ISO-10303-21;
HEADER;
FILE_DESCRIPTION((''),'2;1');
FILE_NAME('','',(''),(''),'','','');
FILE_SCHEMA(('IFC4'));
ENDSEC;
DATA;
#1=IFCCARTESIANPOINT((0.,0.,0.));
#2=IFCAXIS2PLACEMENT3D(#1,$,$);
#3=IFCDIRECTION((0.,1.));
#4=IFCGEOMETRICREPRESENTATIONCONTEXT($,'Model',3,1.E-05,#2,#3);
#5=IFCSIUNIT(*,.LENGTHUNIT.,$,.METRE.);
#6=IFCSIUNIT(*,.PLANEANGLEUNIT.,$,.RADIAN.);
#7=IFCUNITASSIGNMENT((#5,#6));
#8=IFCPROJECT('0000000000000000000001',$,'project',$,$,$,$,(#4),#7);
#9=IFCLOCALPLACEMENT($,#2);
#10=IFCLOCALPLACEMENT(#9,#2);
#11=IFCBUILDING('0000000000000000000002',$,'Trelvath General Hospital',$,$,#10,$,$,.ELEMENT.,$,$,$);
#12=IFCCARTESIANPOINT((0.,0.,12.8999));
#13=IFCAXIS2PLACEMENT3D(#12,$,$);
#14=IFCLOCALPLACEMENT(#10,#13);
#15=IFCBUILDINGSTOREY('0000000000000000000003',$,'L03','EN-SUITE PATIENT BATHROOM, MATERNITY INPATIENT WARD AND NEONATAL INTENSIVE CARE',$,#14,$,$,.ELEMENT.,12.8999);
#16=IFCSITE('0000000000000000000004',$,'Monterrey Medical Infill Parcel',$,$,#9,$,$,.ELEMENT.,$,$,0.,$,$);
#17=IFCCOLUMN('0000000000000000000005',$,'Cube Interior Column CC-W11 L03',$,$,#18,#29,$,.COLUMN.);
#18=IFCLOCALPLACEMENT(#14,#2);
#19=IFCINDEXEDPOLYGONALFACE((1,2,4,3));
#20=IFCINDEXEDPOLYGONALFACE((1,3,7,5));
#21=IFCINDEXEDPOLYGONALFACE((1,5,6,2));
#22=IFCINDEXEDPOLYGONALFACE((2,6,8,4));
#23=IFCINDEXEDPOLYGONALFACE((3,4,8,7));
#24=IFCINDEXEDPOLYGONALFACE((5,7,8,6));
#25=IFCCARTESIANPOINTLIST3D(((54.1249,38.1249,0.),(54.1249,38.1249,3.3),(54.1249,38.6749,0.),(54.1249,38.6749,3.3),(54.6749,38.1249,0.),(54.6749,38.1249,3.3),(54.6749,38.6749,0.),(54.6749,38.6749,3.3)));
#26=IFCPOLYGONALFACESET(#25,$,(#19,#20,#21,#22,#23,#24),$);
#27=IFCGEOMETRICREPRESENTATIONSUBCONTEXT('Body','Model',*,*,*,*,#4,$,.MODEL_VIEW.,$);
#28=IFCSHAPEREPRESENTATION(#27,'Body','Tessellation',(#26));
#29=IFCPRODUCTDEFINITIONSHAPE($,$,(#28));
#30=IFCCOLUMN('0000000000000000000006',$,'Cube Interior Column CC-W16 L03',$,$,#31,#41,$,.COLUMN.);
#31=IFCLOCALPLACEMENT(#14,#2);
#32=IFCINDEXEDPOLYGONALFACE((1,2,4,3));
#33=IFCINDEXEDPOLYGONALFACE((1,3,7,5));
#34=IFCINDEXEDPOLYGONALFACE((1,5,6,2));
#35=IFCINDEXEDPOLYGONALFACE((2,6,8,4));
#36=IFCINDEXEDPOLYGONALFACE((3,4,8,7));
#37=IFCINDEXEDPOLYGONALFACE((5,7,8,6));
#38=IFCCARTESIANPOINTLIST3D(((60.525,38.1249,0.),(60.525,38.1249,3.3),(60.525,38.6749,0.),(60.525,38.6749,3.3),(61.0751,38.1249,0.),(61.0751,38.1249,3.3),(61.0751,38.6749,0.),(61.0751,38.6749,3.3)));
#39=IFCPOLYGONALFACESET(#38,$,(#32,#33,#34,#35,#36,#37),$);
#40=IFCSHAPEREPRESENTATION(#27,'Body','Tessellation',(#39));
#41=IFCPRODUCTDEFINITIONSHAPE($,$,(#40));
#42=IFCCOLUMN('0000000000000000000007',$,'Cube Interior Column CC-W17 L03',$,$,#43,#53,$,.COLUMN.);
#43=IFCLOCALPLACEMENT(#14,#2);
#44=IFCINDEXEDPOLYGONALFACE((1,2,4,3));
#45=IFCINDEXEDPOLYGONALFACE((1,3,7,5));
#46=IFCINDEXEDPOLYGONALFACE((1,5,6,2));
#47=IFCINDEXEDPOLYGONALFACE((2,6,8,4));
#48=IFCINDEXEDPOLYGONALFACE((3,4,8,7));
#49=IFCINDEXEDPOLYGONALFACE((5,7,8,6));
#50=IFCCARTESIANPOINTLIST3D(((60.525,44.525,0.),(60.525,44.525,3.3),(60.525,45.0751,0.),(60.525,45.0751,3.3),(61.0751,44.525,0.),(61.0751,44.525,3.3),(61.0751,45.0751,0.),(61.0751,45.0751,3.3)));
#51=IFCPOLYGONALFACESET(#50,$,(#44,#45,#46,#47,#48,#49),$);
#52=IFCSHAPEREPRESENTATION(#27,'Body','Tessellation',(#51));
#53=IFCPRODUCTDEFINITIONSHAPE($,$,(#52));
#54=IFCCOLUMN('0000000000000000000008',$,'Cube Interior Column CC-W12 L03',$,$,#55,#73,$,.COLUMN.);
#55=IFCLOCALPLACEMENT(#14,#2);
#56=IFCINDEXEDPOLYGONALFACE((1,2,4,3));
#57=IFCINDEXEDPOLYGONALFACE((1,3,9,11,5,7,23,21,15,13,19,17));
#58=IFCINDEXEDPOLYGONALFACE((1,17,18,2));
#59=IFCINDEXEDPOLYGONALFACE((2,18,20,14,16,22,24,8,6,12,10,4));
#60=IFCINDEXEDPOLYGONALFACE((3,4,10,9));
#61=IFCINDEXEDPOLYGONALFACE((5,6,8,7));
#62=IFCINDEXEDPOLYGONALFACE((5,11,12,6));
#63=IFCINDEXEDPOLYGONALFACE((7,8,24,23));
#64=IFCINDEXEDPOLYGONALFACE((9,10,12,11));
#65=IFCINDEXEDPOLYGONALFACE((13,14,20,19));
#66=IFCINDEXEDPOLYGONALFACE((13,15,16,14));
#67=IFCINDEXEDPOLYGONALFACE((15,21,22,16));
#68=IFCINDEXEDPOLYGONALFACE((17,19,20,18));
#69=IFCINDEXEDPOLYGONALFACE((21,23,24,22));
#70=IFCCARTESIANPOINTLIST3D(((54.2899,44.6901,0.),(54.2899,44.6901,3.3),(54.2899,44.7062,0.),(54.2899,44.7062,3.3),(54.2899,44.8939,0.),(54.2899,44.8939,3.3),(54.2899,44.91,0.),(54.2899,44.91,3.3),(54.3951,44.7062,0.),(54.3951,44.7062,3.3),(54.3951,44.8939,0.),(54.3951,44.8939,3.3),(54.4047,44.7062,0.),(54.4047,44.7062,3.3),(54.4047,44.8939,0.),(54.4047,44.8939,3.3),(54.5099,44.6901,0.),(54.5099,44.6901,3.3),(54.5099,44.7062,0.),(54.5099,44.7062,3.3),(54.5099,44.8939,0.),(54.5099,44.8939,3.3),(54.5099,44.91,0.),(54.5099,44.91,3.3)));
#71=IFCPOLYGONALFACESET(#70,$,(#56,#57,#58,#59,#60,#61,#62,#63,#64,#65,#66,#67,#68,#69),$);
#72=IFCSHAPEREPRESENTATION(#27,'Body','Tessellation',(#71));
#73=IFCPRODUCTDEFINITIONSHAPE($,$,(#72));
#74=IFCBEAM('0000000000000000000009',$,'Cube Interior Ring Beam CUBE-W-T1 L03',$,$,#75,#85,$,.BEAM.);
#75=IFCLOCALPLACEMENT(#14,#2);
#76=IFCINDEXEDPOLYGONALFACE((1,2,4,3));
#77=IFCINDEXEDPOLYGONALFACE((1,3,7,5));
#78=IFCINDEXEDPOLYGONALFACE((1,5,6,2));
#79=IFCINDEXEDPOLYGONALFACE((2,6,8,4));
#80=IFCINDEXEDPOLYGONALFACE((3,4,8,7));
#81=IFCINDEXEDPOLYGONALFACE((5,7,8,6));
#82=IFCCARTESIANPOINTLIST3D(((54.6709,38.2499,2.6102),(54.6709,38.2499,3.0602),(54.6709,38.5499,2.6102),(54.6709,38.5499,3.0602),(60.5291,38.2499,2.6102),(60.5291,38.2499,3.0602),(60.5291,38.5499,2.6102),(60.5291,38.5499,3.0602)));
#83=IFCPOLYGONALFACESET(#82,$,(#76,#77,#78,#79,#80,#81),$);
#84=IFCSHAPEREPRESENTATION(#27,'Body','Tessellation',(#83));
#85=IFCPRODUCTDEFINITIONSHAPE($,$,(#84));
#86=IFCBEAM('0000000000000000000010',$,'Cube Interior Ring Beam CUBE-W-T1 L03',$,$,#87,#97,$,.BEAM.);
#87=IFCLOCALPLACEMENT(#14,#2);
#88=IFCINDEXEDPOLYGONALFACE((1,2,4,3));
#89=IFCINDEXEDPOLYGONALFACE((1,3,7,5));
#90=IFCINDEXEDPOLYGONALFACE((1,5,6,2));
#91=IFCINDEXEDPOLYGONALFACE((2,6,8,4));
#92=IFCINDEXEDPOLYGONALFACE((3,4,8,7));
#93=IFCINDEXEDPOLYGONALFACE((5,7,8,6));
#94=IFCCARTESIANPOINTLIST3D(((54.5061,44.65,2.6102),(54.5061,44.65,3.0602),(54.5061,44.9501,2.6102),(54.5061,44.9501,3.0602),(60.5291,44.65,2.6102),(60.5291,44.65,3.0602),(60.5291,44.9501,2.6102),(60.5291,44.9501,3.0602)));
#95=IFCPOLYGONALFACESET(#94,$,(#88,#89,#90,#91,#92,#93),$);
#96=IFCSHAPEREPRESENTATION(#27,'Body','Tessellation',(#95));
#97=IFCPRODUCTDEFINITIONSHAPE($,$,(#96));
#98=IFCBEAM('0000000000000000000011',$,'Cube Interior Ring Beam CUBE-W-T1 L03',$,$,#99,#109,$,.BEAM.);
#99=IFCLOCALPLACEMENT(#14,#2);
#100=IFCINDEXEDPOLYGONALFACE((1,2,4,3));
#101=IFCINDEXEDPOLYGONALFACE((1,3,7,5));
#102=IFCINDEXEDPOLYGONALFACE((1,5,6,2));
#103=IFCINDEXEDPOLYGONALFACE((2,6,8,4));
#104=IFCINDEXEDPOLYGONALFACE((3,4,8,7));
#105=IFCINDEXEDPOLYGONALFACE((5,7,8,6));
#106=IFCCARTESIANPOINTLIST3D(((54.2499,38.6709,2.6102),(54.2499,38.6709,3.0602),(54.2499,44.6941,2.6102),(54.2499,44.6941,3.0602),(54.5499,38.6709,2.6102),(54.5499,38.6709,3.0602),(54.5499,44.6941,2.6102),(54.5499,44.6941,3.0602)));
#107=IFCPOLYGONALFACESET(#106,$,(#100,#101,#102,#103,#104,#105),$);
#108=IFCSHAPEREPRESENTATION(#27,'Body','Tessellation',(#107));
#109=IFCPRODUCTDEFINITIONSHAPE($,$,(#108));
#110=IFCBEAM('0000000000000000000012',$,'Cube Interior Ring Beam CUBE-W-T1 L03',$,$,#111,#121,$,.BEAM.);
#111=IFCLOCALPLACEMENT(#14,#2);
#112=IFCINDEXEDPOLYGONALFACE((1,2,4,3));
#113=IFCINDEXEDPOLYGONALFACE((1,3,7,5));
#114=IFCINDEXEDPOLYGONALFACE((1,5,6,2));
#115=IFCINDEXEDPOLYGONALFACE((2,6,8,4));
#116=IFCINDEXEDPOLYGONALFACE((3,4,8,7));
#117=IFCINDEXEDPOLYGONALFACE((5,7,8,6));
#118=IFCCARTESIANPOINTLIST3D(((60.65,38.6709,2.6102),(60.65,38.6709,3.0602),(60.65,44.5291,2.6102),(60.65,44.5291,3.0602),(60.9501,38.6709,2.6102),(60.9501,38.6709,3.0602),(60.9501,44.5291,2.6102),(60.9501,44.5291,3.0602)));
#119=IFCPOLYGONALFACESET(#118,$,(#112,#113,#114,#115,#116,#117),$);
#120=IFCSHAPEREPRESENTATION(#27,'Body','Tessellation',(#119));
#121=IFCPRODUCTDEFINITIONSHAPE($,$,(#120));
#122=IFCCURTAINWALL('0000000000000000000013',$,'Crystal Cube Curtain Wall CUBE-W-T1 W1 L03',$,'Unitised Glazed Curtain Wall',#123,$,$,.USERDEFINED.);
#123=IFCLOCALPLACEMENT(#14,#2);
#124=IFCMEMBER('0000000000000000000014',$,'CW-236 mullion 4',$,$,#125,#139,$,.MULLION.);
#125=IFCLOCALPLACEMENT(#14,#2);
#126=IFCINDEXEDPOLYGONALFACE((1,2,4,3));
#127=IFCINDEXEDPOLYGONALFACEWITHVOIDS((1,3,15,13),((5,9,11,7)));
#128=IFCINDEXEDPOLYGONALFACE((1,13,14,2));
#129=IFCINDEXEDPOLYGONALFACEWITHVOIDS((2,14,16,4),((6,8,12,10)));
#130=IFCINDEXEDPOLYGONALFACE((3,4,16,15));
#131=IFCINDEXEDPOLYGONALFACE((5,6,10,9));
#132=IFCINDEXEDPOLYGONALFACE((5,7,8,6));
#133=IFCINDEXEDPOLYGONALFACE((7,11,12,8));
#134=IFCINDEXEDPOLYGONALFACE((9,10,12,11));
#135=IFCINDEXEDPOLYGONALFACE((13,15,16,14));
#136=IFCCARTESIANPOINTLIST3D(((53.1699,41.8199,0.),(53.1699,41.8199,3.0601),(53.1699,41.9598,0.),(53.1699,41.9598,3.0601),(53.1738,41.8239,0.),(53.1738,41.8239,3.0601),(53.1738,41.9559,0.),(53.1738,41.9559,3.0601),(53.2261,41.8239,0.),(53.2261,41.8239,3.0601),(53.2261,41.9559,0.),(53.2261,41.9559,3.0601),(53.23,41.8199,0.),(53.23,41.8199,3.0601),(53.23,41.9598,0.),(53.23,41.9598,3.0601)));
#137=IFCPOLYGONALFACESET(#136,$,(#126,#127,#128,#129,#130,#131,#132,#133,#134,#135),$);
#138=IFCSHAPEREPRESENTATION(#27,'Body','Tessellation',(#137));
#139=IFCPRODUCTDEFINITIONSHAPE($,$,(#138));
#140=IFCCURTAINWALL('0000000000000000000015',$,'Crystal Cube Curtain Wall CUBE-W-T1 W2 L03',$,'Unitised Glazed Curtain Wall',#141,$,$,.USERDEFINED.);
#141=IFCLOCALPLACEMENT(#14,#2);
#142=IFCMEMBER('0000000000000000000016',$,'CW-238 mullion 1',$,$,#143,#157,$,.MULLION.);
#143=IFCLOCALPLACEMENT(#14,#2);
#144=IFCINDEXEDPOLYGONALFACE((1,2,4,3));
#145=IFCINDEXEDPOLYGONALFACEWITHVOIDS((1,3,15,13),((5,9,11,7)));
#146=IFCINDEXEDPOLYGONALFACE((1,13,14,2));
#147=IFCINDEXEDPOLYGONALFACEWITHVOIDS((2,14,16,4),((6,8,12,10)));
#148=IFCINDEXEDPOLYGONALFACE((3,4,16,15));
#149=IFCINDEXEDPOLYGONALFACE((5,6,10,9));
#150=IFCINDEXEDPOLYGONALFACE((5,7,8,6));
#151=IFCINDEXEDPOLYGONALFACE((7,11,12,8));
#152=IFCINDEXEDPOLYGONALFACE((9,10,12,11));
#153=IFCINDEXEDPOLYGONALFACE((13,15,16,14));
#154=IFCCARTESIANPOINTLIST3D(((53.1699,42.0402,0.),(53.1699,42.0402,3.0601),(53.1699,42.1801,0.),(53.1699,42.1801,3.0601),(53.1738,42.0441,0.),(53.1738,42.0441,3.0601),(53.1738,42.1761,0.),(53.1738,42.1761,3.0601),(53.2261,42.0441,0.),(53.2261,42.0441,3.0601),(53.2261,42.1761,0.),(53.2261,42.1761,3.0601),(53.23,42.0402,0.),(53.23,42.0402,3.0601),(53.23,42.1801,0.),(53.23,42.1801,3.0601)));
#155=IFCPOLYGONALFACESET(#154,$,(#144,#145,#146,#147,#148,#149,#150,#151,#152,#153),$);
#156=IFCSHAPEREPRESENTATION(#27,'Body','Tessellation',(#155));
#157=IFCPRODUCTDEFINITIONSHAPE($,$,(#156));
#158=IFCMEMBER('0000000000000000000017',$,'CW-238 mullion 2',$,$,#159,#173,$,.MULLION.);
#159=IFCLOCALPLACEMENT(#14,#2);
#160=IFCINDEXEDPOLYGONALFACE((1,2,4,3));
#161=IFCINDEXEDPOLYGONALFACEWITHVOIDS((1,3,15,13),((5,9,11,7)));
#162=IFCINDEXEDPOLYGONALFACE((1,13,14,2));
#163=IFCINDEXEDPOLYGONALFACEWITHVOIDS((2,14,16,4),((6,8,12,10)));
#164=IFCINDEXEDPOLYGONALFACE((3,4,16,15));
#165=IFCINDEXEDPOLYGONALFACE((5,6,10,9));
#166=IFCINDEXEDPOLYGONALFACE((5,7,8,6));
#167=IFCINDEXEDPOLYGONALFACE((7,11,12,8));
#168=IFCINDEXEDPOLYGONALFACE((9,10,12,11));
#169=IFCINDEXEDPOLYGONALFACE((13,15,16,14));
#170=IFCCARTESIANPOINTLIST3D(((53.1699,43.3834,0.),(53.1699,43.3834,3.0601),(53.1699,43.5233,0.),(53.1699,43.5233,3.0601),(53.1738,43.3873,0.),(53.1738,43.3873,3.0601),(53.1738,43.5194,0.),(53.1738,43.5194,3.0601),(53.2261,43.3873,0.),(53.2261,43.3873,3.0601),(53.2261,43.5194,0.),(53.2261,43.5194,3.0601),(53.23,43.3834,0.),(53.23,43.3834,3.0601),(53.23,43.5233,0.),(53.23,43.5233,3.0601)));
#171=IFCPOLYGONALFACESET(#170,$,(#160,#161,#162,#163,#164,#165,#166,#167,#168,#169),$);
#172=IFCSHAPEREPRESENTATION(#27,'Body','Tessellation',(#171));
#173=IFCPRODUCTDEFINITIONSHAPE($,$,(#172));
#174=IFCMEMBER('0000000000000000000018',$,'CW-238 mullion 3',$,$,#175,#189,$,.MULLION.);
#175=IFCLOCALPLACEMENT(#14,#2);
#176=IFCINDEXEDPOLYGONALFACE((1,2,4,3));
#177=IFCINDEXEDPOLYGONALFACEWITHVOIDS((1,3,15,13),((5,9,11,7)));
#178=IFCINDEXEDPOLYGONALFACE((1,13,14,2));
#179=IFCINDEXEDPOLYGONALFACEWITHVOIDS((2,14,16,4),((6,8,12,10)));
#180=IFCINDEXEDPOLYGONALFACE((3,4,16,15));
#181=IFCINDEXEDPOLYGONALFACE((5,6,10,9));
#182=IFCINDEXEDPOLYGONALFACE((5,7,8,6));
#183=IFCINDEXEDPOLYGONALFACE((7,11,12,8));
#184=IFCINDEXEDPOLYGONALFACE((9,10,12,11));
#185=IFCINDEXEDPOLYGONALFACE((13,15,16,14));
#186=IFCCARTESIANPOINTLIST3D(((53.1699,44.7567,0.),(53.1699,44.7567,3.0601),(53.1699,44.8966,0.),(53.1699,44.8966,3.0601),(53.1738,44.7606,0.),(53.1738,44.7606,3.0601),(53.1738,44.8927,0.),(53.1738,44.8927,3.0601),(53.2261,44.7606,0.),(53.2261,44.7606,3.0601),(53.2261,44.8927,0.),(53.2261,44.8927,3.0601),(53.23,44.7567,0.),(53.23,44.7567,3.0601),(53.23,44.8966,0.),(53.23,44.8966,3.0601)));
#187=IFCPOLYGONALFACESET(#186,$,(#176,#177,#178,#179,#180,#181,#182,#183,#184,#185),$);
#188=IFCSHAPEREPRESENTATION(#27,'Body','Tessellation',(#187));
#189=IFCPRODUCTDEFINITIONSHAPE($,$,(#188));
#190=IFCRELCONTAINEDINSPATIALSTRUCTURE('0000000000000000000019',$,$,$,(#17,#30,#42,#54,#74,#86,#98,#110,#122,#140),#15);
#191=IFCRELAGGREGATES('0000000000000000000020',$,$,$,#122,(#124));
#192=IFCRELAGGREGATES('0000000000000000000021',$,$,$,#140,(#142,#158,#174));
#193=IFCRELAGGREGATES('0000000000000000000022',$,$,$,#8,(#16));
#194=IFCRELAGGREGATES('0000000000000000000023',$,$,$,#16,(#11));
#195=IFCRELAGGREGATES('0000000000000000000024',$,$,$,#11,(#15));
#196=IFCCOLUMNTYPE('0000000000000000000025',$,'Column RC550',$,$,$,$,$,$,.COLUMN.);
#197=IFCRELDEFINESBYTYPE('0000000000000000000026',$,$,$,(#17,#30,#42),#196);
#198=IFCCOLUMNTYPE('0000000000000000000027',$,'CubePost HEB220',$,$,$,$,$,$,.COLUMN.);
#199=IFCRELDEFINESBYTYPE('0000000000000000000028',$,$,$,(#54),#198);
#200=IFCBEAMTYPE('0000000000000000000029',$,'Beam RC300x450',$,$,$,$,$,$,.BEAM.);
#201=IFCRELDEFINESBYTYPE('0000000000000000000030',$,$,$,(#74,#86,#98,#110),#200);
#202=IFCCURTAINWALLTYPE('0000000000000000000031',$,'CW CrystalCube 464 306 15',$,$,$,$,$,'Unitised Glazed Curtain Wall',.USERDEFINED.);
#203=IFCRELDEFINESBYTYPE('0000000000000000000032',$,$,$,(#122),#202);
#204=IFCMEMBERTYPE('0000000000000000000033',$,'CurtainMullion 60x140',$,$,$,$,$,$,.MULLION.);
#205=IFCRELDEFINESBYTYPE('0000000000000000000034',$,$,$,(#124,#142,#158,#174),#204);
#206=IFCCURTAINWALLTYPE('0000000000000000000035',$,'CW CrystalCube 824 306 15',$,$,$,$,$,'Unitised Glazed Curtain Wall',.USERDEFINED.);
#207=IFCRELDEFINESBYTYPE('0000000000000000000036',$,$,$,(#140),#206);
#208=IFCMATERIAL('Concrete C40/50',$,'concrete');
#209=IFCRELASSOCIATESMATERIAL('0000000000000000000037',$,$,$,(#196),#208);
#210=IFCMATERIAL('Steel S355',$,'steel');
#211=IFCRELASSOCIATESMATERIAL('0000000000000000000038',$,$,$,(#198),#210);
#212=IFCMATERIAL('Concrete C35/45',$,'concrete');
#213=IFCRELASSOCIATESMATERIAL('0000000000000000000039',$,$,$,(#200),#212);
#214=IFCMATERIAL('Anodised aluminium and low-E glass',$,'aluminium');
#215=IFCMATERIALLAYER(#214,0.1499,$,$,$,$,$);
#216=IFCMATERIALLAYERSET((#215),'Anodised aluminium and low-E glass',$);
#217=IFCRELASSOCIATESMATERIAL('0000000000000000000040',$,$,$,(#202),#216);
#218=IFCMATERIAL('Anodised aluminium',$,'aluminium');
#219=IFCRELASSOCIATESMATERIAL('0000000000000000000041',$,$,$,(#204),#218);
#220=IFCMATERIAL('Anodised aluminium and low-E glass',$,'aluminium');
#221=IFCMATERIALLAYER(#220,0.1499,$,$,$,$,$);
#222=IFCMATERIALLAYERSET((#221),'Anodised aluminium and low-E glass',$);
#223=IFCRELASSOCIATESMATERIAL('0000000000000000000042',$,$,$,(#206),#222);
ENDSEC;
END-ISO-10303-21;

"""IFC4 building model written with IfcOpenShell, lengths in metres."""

from ifc_helpers import new_model, si_unit, direction, frame, origin, origin_2d, place, context, subcontext, project, spatial, rectangle, hollow_rectangle, i_section, extrude, material, layer, layer_set, material_profile, profile_set, type_object, element, aggregate, save


model = new_model("IFC4")

# Units and contexts
model_context = context("Model", 3, precision=1e-05, world=origin(), true_north=direction((0.0, 1.0)))
body_context = subcontext(model_context, "Body", "Model", "MODEL_VIEW")
ifc_project = project(units=[si_unit("LENGTHUNIT", "METRE"), si_unit("PLANEANGLEUNIT", "RADIAN")], contexts=[model_context])

# Site, building, storey
site_placement = place(None, origin())
site = spatial("IfcSite", under=ifc_project, at=site_placement, Name="Monterrey Medical Infill Parcel", CompositionType="ELEMENT", RefElevation=0.0)
building_placement = place(site_placement, origin())
building = spatial("IfcBuilding", under=site, at=building_placement, Name="Trelvath General Hospital", CompositionType="ELEMENT")
storey_placement = place(building_placement, frame((0.0, 0.0, 12.8999)))
storey = spatial("IfcBuildingStorey", under=building, at=storey_placement, Name="L03", Description="EN-SUITE PATIENT BATHROOM, MATERNITY INPATIENT WARD AND NEONATAL INTENSIVE CARE", CompositionType="ELEMENT", Elevation=12.8999)

# Columns
ifc_material_1 = material(Name="Concrete C40/50", Category="concrete")
ifc_material_profile_1 = material_profile(ifc_material_1, rectangle(XDim=0.55, YDim=0.55, at=origin_2d()), Name="RC550x550")
ifc_profile_set_1 = profile_set([ifc_material_profile_1], Name="Concrete C40/50")
column_type_1 = type_object("IfcColumnType", Name="Column RC550", PredefinedType="COLUMN", material=ifc_profile_set_1)
for number, where, z_axis, x_axis, name in (
    (1, (54.3999, 38.3999, 0.0), (0.0, 0.0, 1.0), (1.0, 0.0, 0.0), "Cube Interior Column CC-W11 L03"),
    (2, (60.8, 38.3999, 0.0), (0.0, 0.0, 1.0), (1.0, 0.0, 0.0), "Cube Interior Column CC-W16 L03"),
    (3, (60.8, 44.8, 0.0), (0.0, 0.0, 1.0), (1.0, 0.0, 0.0), "Cube Interior Column CC-W17 L03"),
):
    element("IfcColumn", number, at=place(storey_placement, frame(where, z_axis=z_axis, x_axis=x_axis)), inside=storey, type_object=column_type_1, Name=name, PredefinedType="COLUMN", context=body_context, shape_type="SweptSolid", body=[
        extrude(rectangle(XDim=0.55, YDim=0.55, at=origin_2d()), origin(), (0.0, 0.0, 1.0), 3.3),
    ])
ifc_material_2 = material(Name="Steel S355", Category="steel")
ifc_material_profile_2 = material_profile(ifc_material_2, i_section(OverallWidth=0.22, OverallDepth=0.22, WebThickness=0.0095, FlangeThickness=0.0161, at=origin_2d()), Name="HEB220")
ifc_profile_set_2 = profile_set([ifc_material_profile_2], Name="Steel S355")
column_type_2 = type_object("IfcColumnType", Name="CubePost HEB220", PredefinedType="COLUMN", material=ifc_profile_set_2)
column_placement = place(storey_placement, frame((54.3999, 44.8, 0.0), z_axis=(0.0, 0.0, 1.0), x_axis=(1.0, 0.0, 0.0)))
element("IfcColumn", 4, at=column_placement, inside=storey, type_object=column_type_2, Name="Cube Interior Column CC-W12 L03", PredefinedType="COLUMN", context=body_context, shape_type="SweptSolid", body=[
    extrude(i_section(OverallWidth=0.22, OverallDepth=0.22, WebThickness=0.0095, FlangeThickness=0.0161, at=origin_2d()), origin(), (0.0, 0.0, 1.0), 3.3),
])

# Beams
ifc_material_3 = material(Name="Concrete C35/45", Category="concrete")
ifc_material_profile_3 = material_profile(ifc_material_3, rectangle(XDim=0.3, YDim=0.45, at=origin_2d()), Name="RCB300x450")
ifc_profile_set_3 = profile_set([ifc_material_profile_3], Name="Concrete C35/45")
beam_type = type_object("IfcBeamType", Name="Beam RC300x450", PredefinedType="BEAM", material=ifc_profile_set_3)
beam_1_placement = place(storey_placement, frame((54.6709, 38.3999, 2.8352), z_axis=(1.0, 0.0, 0.0), x_axis=(0.0, 1.0, 0.0)))
element("IfcBeam", 5, at=beam_1_placement, inside=storey, type_object=beam_type, Name="Cube Interior Ring Beam CUBE-W-T1 L03", PredefinedType="BEAM", context=body_context, shape_type="SweptSolid", body=[
    extrude(rectangle(XDim=0.3, YDim=0.45, at=origin_2d()), origin(), (0.0, 0.0, 1.0), 5.8582),
])
beam_2_placement = place(storey_placement, frame((54.5061, 44.8, 2.8352), z_axis=(1.0, 0.0, 0.0), x_axis=(0.0, 1.0, 0.0)))
element("IfcBeam", 6, at=beam_2_placement, inside=storey, type_object=beam_type, Name="Cube Interior Ring Beam CUBE-W-T1 L03", PredefinedType="BEAM", context=body_context, shape_type="SweptSolid", body=[
    extrude(rectangle(XDim=0.3, YDim=0.45, at=origin_2d()), origin(), (0.0, 0.0, 1.0), 6.0229),
])
beam_3_placement = place(storey_placement, frame((54.3999, 38.6709, 2.8352), z_axis=(0.0, 1.0, 0.0), x_axis=(-1.0, 0.0, 0.0)))
element("IfcBeam", 7, at=beam_3_placement, inside=storey, type_object=beam_type, Name="Cube Interior Ring Beam CUBE-W-T1 L03", PredefinedType="BEAM", context=body_context, shape_type="SweptSolid", body=[
    extrude(rectangle(XDim=0.3, YDim=0.45, at=origin_2d()), origin(), (0.0, 0.0, 1.0), 6.0232),
])
beam_4_placement = place(storey_placement, frame((60.8, 38.6709, 2.8352), z_axis=(0.0, 1.0, 0.0), x_axis=(-1.0, 0.0, 0.0)))
element("IfcBeam", 8, at=beam_4_placement, inside=storey, type_object=beam_type, Name="Cube Interior Ring Beam CUBE-W-T1 L03", PredefinedType="BEAM", context=body_context, shape_type="SweptSolid", body=[
    extrude(rectangle(XDim=0.3, YDim=0.45, at=origin_2d()), origin(), (0.0, 0.0, 1.0), 5.8582),
])

# Curtain wall, member
ifc_material_4 = material(Name="Anodised aluminium and low-E glass", Category="aluminium")
ifc_layer_1 = layer(ifc_material_4, 0.1499)
ifc_layer_set_1 = layer_set([ifc_layer_1], Name="Anodised aluminium and low-E glass")
curtain_wall_type_1 = type_object("IfcCurtainWallType", Name="CW CrystalCube 464 306 15", ElementType="Unitised Glazed Curtain Wall", PredefinedType="USERDEFINED", material=ifc_layer_set_1)
curtain_wall_1_placement = place(storey_placement, origin())
curtain_wall_1 = element("IfcCurtainWall", 9, at=curtain_wall_1_placement, inside=storey, type_object=curtain_wall_type_1, Name="Crystal Cube Curtain Wall CUBE-W-T1 W1 L03", ObjectType="Unitised Glazed Curtain Wall", PredefinedType="USERDEFINED")
ifc_material_5 = material(Name="Anodised aluminium", Category="aluminium")
ifc_material_profile_4 = material_profile(ifc_material_5, hollow_rectangle(XDim=0.0601, YDim=0.1399, WallThickness=0.0039, at=origin_2d()), Name="RHS60x140x4")
ifc_profile_set_4 = profile_set([ifc_material_profile_4], Name="Anodised aluminium")
member_type_1 = type_object("IfcMemberType", Name="CurtainMullion 60x140", PredefinedType="MULLION", material=ifc_profile_set_4)
member_1_placement = place(storey_placement, frame((53.2, 41.8899, 0.0), z_axis=(0.0, 0.0, 1.0), x_axis=(-1.0, 0.0, 0.0)))
member_1 = element("IfcMember", 10, at=member_1_placement, type_object=member_type_1, Name="CW-236 mullion 4", PredefinedType="MULLION", context=body_context, shape_type="SweptSolid", body=[
    extrude(hollow_rectangle(XDim=0.0601, YDim=0.1399, WallThickness=0.0039, at=origin_2d()), origin(), (0.0, 0.0, 1.0), 3.0601),
])
aggregate(curtain_wall_1, [member_1])

# Curtain wall, members
ifc_material_6 = material(Name="Anodised aluminium and low-E glass", Category="aluminium")
ifc_layer_2 = layer(ifc_material_6, 0.1499)
ifc_layer_set_2 = layer_set([ifc_layer_2], Name="Anodised aluminium and low-E glass")
curtain_wall_type_2 = type_object("IfcCurtainWallType", Name="CW CrystalCube 824 306 15", ElementType="Unitised Glazed Curtain Wall", PredefinedType="USERDEFINED", material=ifc_layer_set_2)
curtain_wall_2_placement = place(storey_placement, origin())
curtain_wall_2 = element("IfcCurtainWall", 11, at=curtain_wall_2_placement, inside=storey, type_object=curtain_wall_type_2, Name="Crystal Cube Curtain Wall CUBE-W-T1 W2 L03", ObjectType="Unitised Glazed Curtain Wall", PredefinedType="USERDEFINED")
member_2_placement = place(storey_placement, frame((53.2, 42.1101, 0.0), z_axis=(0.0, 0.0, 1.0), x_axis=(-1.0, 0.0, 0.0)))
member_2 = element("IfcMember", 12, at=member_2_placement, type_object=member_type_1, Name="CW-238 mullion 1", PredefinedType="MULLION", context=body_context, shape_type="SweptSolid", body=[
    extrude(hollow_rectangle(XDim=0.0601, YDim=0.1399, WallThickness=0.0039, at=origin_2d()), origin(), (0.0, 0.0, 1.0), 3.0601),
])
member_3_placement = place(storey_placement, frame((53.2, 43.4534, 0.0), z_axis=(0.0, 0.0, 1.0), x_axis=(-1.0, 0.0, 0.0)))
member_3 = element("IfcMember", 13, at=member_3_placement, type_object=member_type_1, Name="CW-238 mullion 2", PredefinedType="MULLION", context=body_context, shape_type="SweptSolid", body=[
    extrude(hollow_rectangle(XDim=0.0601, YDim=0.1399, WallThickness=0.0039, at=origin_2d()), origin(), (0.0, 0.0, 1.0), 3.0601),
])
member_4_placement = place(storey_placement, frame((53.2, 44.8267, 0.0), z_axis=(0.0, 0.0, 1.0), x_axis=(-1.0, 0.0, 0.0)))
member_4 = element("IfcMember", 14, at=member_4_placement, type_object=member_type_1, Name="CW-238 mullion 3", PredefinedType="MULLION", context=body_context, shape_type="SweptSolid", body=[
    extrude(hollow_rectangle(XDim=0.0601, YDim=0.1399, WallThickness=0.0039, at=origin_2d()), origin(), (0.0, 0.0, 1.0), 3.0601),
])
aggregate(curtain_wall_2, [member_2, member_3, member_4])

save(model, "model.ifc")
